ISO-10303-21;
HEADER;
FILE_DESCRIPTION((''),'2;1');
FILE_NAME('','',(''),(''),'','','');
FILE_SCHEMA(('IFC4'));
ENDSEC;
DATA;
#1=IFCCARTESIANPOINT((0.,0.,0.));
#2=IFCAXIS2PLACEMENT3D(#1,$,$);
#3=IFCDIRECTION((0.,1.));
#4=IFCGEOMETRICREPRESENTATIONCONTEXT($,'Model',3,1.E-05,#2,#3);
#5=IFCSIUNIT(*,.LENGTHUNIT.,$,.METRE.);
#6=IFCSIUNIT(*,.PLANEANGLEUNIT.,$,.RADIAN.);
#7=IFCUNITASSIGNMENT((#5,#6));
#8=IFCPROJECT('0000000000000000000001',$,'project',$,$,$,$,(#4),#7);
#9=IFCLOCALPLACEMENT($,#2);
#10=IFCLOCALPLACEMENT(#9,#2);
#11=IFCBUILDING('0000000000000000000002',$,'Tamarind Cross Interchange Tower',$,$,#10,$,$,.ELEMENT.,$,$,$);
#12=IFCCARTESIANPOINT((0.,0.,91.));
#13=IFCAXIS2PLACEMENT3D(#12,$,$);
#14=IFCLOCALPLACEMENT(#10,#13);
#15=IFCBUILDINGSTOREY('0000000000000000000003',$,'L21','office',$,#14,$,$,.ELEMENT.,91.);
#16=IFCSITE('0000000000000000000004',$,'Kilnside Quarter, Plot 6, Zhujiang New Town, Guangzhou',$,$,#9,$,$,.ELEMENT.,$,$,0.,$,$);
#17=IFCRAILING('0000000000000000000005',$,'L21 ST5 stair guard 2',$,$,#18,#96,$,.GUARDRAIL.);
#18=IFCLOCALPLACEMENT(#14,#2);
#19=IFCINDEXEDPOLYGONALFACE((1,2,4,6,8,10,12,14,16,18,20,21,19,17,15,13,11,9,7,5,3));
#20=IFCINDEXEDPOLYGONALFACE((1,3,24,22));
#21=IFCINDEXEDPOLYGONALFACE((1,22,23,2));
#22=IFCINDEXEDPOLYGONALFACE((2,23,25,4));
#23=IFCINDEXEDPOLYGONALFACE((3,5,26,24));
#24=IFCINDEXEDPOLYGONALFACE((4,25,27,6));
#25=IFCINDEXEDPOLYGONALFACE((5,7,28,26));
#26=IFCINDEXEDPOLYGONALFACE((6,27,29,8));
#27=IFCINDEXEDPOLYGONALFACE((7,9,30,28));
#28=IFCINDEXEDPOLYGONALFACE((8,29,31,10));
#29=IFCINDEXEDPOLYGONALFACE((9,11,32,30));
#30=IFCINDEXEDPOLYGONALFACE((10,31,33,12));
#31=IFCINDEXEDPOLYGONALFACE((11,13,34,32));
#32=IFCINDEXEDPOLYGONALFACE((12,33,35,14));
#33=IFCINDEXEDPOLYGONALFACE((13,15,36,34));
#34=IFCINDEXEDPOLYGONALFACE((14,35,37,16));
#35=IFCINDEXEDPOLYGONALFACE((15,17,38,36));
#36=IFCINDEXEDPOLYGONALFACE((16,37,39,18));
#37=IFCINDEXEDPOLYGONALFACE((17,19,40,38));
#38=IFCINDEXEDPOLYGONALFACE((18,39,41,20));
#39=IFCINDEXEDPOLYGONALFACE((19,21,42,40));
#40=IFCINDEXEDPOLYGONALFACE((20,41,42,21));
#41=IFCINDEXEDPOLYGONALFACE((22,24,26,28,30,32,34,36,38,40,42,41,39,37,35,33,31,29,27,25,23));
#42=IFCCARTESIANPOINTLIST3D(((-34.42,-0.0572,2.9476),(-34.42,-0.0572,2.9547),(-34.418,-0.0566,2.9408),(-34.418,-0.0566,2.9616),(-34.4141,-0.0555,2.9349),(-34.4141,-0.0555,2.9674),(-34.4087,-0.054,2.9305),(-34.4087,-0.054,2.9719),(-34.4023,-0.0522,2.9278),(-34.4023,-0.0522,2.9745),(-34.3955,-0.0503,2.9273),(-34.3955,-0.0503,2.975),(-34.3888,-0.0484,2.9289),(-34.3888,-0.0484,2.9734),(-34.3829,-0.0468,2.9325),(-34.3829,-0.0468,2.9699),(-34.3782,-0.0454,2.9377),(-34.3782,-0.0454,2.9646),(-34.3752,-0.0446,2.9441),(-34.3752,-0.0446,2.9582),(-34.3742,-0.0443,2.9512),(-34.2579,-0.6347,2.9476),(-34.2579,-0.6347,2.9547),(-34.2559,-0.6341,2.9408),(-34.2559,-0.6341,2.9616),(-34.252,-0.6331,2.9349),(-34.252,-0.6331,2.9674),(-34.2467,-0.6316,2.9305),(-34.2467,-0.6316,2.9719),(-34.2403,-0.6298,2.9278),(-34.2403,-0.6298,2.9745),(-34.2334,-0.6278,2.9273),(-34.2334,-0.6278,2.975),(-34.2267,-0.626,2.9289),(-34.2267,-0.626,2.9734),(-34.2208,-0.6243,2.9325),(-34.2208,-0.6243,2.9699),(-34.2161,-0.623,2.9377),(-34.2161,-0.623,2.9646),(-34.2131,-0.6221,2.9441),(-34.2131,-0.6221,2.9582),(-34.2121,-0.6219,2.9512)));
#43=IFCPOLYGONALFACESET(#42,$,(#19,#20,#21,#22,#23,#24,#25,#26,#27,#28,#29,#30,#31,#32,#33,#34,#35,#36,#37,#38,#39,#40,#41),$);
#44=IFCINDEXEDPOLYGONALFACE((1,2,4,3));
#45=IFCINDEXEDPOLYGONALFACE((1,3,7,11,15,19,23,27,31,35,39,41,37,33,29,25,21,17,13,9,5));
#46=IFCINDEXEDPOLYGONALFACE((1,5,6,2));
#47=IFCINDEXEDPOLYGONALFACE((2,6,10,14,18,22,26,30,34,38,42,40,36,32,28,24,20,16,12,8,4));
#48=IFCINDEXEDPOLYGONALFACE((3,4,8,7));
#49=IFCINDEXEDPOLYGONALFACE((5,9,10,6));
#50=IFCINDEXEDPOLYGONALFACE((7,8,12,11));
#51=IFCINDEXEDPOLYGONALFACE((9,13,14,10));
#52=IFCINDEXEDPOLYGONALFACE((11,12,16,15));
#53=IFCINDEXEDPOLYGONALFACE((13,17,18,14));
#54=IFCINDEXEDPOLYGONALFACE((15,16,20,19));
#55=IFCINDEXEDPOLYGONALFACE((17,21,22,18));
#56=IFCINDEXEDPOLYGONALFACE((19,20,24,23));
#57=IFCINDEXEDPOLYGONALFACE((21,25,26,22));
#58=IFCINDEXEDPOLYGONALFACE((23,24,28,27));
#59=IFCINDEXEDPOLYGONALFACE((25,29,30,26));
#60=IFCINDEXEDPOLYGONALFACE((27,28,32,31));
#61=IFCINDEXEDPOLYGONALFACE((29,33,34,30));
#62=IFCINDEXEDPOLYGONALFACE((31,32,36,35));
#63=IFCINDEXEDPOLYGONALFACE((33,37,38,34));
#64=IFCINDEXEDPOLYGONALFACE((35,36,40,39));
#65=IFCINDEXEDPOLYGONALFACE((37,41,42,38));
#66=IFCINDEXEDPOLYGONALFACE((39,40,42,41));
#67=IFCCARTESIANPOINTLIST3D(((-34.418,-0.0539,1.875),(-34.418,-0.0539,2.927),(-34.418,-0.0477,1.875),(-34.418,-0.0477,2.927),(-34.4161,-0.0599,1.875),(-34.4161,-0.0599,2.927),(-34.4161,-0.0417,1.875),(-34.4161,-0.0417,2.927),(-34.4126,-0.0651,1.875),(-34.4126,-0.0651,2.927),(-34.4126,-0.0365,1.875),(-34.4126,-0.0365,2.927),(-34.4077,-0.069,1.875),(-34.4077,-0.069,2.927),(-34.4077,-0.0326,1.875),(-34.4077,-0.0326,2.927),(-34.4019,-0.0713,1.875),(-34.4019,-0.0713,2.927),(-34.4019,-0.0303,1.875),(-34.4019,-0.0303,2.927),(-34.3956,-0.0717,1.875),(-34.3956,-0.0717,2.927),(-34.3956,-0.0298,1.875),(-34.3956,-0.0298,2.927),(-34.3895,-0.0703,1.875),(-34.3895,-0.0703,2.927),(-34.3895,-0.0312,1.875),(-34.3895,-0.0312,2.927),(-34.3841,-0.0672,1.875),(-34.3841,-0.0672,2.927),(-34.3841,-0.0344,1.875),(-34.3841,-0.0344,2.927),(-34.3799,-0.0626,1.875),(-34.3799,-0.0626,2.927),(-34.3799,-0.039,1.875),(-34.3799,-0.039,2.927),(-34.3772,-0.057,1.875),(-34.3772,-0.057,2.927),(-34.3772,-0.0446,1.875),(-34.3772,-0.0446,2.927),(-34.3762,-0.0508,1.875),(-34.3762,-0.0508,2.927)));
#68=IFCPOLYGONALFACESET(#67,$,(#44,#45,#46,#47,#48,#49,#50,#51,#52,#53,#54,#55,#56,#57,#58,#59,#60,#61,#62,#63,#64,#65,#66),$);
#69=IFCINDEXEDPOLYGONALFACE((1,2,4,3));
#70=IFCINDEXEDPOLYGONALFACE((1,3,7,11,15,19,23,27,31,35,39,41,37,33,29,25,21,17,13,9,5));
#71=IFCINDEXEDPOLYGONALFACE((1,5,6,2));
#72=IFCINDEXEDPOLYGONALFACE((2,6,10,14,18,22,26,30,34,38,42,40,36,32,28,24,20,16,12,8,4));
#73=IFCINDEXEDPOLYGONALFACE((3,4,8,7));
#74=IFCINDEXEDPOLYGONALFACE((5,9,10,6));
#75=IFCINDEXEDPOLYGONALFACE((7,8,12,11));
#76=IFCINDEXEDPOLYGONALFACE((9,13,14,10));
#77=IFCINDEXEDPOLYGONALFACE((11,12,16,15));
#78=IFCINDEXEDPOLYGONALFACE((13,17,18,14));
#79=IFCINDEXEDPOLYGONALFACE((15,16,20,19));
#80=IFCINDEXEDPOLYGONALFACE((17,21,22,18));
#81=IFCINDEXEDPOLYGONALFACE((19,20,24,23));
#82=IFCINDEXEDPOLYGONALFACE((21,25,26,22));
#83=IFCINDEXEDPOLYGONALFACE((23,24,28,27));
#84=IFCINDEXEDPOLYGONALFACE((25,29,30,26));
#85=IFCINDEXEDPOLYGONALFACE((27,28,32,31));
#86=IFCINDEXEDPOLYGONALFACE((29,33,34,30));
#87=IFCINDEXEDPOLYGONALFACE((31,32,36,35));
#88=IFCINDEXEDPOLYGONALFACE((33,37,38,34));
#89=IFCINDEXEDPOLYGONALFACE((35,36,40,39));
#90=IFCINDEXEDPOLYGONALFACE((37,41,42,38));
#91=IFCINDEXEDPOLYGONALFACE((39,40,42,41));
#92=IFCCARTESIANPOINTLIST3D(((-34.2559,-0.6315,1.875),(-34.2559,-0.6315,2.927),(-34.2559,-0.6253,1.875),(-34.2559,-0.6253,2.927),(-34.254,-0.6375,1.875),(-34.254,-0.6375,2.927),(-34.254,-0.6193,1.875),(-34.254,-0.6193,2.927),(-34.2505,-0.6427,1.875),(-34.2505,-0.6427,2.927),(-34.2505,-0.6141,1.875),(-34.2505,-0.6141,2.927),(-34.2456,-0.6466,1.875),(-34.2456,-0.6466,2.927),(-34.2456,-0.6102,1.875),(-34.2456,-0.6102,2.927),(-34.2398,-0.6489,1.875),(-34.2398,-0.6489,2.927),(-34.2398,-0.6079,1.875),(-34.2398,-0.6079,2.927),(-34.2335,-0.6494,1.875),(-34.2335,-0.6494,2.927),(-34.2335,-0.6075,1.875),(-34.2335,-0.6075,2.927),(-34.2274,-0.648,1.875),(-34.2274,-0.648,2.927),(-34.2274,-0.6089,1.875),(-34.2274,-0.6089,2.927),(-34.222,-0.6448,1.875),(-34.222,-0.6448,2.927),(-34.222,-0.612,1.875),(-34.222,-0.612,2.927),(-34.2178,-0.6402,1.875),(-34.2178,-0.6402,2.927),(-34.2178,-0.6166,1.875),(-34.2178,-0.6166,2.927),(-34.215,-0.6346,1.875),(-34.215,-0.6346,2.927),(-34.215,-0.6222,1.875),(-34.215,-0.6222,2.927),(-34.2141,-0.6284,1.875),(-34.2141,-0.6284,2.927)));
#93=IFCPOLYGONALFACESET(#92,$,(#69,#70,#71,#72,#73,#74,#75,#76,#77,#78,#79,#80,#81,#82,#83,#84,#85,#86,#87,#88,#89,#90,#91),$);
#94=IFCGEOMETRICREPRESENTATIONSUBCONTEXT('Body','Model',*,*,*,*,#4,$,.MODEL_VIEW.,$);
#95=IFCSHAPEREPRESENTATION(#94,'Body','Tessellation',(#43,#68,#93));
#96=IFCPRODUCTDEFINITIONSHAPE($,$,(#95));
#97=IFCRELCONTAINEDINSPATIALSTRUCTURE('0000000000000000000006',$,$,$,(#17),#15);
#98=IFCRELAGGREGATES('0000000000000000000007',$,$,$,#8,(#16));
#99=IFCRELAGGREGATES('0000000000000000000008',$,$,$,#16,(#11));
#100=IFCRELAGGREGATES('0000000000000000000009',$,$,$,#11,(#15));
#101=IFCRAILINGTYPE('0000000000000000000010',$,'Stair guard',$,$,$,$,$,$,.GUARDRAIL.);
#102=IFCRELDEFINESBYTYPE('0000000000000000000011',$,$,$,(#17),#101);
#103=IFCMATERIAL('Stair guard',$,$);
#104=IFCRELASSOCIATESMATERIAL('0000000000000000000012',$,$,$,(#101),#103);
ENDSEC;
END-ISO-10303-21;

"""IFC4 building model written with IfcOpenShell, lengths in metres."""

from ifc_helpers import new_model, si_unit, direction, frame, origin, origin_2d, place, context, subcontext, project, spatial, circle, extrude, material, type_object, element, save


model = new_model("IFC4")

# Units and contexts
model_context = context("Model", 3, precision=1e-05, world=origin(), true_north=direction((0.0, 1.0)))
body_context = subcontext(model_context, "Body", "Model", "MODEL_VIEW")
ifc_project = project(units=[si_unit("LENGTHUNIT", "METRE"), si_unit("PLANEANGLEUNIT", "RADIAN")], contexts=[model_context])

# Site, building, storey
site_placement = place(None, origin())
site = spatial("IfcSite", under=ifc_project, at=site_placement, Name="Kilnside Quarter, Plot 6, Zhujiang New Town, Guangzhou", CompositionType="ELEMENT", RefElevation=0.0)
building_placement = place(site_placement, origin())
building = spatial("IfcBuilding", under=site, at=building_placement, Name="Tamarind Cross Interchange Tower", CompositionType="ELEMENT")
storey_placement = place(building_placement, frame((0.0, 0.0, 91.0)))
storey = spatial("IfcBuildingStorey", under=building, at=storey_placement, Name="L21", Description="office", CompositionType="ELEMENT", Elevation=91.0)

# Railing
ifc_material_1 = material(Name="Stair guard")
railing_type_1 = type_object("IfcRailingType", Name="Stair guard", PredefinedType="GUARDRAIL", material=ifc_material_1)
railing_1_placement = place(storey_placement, frame((-34.3972, -0.0508, 1.875)))
element("IfcRailing", 1, at=railing_1_placement, inside=storey, type_object=railing_type_1, Name="L21 ST5 stair guard 2", PredefinedType="GUARDRAIL", context=body_context, shape_type="SweptSolid", body=[
    extrude(circle(Radius=0.0239, at=origin_2d()), frame((0.0, 0.0, 1.0762), z_axis=(0.270203, -0.962803, 0.0), x_axis=(0.962803, 0.270203, 0.0)), (0.0, 0.0, 1.0), 0.5999),
    extrude(circle(Radius=0.021, at=origin_2d()), origin(), (0.0, 0.0, 1.0), 1.052),
    extrude(circle(Radius=0.021, at=origin_2d()), frame((0.1621, -0.5776, 0.0)), (0.0, 0.0, 1.0), 1.052),
])

save(model, "model.ifc")
